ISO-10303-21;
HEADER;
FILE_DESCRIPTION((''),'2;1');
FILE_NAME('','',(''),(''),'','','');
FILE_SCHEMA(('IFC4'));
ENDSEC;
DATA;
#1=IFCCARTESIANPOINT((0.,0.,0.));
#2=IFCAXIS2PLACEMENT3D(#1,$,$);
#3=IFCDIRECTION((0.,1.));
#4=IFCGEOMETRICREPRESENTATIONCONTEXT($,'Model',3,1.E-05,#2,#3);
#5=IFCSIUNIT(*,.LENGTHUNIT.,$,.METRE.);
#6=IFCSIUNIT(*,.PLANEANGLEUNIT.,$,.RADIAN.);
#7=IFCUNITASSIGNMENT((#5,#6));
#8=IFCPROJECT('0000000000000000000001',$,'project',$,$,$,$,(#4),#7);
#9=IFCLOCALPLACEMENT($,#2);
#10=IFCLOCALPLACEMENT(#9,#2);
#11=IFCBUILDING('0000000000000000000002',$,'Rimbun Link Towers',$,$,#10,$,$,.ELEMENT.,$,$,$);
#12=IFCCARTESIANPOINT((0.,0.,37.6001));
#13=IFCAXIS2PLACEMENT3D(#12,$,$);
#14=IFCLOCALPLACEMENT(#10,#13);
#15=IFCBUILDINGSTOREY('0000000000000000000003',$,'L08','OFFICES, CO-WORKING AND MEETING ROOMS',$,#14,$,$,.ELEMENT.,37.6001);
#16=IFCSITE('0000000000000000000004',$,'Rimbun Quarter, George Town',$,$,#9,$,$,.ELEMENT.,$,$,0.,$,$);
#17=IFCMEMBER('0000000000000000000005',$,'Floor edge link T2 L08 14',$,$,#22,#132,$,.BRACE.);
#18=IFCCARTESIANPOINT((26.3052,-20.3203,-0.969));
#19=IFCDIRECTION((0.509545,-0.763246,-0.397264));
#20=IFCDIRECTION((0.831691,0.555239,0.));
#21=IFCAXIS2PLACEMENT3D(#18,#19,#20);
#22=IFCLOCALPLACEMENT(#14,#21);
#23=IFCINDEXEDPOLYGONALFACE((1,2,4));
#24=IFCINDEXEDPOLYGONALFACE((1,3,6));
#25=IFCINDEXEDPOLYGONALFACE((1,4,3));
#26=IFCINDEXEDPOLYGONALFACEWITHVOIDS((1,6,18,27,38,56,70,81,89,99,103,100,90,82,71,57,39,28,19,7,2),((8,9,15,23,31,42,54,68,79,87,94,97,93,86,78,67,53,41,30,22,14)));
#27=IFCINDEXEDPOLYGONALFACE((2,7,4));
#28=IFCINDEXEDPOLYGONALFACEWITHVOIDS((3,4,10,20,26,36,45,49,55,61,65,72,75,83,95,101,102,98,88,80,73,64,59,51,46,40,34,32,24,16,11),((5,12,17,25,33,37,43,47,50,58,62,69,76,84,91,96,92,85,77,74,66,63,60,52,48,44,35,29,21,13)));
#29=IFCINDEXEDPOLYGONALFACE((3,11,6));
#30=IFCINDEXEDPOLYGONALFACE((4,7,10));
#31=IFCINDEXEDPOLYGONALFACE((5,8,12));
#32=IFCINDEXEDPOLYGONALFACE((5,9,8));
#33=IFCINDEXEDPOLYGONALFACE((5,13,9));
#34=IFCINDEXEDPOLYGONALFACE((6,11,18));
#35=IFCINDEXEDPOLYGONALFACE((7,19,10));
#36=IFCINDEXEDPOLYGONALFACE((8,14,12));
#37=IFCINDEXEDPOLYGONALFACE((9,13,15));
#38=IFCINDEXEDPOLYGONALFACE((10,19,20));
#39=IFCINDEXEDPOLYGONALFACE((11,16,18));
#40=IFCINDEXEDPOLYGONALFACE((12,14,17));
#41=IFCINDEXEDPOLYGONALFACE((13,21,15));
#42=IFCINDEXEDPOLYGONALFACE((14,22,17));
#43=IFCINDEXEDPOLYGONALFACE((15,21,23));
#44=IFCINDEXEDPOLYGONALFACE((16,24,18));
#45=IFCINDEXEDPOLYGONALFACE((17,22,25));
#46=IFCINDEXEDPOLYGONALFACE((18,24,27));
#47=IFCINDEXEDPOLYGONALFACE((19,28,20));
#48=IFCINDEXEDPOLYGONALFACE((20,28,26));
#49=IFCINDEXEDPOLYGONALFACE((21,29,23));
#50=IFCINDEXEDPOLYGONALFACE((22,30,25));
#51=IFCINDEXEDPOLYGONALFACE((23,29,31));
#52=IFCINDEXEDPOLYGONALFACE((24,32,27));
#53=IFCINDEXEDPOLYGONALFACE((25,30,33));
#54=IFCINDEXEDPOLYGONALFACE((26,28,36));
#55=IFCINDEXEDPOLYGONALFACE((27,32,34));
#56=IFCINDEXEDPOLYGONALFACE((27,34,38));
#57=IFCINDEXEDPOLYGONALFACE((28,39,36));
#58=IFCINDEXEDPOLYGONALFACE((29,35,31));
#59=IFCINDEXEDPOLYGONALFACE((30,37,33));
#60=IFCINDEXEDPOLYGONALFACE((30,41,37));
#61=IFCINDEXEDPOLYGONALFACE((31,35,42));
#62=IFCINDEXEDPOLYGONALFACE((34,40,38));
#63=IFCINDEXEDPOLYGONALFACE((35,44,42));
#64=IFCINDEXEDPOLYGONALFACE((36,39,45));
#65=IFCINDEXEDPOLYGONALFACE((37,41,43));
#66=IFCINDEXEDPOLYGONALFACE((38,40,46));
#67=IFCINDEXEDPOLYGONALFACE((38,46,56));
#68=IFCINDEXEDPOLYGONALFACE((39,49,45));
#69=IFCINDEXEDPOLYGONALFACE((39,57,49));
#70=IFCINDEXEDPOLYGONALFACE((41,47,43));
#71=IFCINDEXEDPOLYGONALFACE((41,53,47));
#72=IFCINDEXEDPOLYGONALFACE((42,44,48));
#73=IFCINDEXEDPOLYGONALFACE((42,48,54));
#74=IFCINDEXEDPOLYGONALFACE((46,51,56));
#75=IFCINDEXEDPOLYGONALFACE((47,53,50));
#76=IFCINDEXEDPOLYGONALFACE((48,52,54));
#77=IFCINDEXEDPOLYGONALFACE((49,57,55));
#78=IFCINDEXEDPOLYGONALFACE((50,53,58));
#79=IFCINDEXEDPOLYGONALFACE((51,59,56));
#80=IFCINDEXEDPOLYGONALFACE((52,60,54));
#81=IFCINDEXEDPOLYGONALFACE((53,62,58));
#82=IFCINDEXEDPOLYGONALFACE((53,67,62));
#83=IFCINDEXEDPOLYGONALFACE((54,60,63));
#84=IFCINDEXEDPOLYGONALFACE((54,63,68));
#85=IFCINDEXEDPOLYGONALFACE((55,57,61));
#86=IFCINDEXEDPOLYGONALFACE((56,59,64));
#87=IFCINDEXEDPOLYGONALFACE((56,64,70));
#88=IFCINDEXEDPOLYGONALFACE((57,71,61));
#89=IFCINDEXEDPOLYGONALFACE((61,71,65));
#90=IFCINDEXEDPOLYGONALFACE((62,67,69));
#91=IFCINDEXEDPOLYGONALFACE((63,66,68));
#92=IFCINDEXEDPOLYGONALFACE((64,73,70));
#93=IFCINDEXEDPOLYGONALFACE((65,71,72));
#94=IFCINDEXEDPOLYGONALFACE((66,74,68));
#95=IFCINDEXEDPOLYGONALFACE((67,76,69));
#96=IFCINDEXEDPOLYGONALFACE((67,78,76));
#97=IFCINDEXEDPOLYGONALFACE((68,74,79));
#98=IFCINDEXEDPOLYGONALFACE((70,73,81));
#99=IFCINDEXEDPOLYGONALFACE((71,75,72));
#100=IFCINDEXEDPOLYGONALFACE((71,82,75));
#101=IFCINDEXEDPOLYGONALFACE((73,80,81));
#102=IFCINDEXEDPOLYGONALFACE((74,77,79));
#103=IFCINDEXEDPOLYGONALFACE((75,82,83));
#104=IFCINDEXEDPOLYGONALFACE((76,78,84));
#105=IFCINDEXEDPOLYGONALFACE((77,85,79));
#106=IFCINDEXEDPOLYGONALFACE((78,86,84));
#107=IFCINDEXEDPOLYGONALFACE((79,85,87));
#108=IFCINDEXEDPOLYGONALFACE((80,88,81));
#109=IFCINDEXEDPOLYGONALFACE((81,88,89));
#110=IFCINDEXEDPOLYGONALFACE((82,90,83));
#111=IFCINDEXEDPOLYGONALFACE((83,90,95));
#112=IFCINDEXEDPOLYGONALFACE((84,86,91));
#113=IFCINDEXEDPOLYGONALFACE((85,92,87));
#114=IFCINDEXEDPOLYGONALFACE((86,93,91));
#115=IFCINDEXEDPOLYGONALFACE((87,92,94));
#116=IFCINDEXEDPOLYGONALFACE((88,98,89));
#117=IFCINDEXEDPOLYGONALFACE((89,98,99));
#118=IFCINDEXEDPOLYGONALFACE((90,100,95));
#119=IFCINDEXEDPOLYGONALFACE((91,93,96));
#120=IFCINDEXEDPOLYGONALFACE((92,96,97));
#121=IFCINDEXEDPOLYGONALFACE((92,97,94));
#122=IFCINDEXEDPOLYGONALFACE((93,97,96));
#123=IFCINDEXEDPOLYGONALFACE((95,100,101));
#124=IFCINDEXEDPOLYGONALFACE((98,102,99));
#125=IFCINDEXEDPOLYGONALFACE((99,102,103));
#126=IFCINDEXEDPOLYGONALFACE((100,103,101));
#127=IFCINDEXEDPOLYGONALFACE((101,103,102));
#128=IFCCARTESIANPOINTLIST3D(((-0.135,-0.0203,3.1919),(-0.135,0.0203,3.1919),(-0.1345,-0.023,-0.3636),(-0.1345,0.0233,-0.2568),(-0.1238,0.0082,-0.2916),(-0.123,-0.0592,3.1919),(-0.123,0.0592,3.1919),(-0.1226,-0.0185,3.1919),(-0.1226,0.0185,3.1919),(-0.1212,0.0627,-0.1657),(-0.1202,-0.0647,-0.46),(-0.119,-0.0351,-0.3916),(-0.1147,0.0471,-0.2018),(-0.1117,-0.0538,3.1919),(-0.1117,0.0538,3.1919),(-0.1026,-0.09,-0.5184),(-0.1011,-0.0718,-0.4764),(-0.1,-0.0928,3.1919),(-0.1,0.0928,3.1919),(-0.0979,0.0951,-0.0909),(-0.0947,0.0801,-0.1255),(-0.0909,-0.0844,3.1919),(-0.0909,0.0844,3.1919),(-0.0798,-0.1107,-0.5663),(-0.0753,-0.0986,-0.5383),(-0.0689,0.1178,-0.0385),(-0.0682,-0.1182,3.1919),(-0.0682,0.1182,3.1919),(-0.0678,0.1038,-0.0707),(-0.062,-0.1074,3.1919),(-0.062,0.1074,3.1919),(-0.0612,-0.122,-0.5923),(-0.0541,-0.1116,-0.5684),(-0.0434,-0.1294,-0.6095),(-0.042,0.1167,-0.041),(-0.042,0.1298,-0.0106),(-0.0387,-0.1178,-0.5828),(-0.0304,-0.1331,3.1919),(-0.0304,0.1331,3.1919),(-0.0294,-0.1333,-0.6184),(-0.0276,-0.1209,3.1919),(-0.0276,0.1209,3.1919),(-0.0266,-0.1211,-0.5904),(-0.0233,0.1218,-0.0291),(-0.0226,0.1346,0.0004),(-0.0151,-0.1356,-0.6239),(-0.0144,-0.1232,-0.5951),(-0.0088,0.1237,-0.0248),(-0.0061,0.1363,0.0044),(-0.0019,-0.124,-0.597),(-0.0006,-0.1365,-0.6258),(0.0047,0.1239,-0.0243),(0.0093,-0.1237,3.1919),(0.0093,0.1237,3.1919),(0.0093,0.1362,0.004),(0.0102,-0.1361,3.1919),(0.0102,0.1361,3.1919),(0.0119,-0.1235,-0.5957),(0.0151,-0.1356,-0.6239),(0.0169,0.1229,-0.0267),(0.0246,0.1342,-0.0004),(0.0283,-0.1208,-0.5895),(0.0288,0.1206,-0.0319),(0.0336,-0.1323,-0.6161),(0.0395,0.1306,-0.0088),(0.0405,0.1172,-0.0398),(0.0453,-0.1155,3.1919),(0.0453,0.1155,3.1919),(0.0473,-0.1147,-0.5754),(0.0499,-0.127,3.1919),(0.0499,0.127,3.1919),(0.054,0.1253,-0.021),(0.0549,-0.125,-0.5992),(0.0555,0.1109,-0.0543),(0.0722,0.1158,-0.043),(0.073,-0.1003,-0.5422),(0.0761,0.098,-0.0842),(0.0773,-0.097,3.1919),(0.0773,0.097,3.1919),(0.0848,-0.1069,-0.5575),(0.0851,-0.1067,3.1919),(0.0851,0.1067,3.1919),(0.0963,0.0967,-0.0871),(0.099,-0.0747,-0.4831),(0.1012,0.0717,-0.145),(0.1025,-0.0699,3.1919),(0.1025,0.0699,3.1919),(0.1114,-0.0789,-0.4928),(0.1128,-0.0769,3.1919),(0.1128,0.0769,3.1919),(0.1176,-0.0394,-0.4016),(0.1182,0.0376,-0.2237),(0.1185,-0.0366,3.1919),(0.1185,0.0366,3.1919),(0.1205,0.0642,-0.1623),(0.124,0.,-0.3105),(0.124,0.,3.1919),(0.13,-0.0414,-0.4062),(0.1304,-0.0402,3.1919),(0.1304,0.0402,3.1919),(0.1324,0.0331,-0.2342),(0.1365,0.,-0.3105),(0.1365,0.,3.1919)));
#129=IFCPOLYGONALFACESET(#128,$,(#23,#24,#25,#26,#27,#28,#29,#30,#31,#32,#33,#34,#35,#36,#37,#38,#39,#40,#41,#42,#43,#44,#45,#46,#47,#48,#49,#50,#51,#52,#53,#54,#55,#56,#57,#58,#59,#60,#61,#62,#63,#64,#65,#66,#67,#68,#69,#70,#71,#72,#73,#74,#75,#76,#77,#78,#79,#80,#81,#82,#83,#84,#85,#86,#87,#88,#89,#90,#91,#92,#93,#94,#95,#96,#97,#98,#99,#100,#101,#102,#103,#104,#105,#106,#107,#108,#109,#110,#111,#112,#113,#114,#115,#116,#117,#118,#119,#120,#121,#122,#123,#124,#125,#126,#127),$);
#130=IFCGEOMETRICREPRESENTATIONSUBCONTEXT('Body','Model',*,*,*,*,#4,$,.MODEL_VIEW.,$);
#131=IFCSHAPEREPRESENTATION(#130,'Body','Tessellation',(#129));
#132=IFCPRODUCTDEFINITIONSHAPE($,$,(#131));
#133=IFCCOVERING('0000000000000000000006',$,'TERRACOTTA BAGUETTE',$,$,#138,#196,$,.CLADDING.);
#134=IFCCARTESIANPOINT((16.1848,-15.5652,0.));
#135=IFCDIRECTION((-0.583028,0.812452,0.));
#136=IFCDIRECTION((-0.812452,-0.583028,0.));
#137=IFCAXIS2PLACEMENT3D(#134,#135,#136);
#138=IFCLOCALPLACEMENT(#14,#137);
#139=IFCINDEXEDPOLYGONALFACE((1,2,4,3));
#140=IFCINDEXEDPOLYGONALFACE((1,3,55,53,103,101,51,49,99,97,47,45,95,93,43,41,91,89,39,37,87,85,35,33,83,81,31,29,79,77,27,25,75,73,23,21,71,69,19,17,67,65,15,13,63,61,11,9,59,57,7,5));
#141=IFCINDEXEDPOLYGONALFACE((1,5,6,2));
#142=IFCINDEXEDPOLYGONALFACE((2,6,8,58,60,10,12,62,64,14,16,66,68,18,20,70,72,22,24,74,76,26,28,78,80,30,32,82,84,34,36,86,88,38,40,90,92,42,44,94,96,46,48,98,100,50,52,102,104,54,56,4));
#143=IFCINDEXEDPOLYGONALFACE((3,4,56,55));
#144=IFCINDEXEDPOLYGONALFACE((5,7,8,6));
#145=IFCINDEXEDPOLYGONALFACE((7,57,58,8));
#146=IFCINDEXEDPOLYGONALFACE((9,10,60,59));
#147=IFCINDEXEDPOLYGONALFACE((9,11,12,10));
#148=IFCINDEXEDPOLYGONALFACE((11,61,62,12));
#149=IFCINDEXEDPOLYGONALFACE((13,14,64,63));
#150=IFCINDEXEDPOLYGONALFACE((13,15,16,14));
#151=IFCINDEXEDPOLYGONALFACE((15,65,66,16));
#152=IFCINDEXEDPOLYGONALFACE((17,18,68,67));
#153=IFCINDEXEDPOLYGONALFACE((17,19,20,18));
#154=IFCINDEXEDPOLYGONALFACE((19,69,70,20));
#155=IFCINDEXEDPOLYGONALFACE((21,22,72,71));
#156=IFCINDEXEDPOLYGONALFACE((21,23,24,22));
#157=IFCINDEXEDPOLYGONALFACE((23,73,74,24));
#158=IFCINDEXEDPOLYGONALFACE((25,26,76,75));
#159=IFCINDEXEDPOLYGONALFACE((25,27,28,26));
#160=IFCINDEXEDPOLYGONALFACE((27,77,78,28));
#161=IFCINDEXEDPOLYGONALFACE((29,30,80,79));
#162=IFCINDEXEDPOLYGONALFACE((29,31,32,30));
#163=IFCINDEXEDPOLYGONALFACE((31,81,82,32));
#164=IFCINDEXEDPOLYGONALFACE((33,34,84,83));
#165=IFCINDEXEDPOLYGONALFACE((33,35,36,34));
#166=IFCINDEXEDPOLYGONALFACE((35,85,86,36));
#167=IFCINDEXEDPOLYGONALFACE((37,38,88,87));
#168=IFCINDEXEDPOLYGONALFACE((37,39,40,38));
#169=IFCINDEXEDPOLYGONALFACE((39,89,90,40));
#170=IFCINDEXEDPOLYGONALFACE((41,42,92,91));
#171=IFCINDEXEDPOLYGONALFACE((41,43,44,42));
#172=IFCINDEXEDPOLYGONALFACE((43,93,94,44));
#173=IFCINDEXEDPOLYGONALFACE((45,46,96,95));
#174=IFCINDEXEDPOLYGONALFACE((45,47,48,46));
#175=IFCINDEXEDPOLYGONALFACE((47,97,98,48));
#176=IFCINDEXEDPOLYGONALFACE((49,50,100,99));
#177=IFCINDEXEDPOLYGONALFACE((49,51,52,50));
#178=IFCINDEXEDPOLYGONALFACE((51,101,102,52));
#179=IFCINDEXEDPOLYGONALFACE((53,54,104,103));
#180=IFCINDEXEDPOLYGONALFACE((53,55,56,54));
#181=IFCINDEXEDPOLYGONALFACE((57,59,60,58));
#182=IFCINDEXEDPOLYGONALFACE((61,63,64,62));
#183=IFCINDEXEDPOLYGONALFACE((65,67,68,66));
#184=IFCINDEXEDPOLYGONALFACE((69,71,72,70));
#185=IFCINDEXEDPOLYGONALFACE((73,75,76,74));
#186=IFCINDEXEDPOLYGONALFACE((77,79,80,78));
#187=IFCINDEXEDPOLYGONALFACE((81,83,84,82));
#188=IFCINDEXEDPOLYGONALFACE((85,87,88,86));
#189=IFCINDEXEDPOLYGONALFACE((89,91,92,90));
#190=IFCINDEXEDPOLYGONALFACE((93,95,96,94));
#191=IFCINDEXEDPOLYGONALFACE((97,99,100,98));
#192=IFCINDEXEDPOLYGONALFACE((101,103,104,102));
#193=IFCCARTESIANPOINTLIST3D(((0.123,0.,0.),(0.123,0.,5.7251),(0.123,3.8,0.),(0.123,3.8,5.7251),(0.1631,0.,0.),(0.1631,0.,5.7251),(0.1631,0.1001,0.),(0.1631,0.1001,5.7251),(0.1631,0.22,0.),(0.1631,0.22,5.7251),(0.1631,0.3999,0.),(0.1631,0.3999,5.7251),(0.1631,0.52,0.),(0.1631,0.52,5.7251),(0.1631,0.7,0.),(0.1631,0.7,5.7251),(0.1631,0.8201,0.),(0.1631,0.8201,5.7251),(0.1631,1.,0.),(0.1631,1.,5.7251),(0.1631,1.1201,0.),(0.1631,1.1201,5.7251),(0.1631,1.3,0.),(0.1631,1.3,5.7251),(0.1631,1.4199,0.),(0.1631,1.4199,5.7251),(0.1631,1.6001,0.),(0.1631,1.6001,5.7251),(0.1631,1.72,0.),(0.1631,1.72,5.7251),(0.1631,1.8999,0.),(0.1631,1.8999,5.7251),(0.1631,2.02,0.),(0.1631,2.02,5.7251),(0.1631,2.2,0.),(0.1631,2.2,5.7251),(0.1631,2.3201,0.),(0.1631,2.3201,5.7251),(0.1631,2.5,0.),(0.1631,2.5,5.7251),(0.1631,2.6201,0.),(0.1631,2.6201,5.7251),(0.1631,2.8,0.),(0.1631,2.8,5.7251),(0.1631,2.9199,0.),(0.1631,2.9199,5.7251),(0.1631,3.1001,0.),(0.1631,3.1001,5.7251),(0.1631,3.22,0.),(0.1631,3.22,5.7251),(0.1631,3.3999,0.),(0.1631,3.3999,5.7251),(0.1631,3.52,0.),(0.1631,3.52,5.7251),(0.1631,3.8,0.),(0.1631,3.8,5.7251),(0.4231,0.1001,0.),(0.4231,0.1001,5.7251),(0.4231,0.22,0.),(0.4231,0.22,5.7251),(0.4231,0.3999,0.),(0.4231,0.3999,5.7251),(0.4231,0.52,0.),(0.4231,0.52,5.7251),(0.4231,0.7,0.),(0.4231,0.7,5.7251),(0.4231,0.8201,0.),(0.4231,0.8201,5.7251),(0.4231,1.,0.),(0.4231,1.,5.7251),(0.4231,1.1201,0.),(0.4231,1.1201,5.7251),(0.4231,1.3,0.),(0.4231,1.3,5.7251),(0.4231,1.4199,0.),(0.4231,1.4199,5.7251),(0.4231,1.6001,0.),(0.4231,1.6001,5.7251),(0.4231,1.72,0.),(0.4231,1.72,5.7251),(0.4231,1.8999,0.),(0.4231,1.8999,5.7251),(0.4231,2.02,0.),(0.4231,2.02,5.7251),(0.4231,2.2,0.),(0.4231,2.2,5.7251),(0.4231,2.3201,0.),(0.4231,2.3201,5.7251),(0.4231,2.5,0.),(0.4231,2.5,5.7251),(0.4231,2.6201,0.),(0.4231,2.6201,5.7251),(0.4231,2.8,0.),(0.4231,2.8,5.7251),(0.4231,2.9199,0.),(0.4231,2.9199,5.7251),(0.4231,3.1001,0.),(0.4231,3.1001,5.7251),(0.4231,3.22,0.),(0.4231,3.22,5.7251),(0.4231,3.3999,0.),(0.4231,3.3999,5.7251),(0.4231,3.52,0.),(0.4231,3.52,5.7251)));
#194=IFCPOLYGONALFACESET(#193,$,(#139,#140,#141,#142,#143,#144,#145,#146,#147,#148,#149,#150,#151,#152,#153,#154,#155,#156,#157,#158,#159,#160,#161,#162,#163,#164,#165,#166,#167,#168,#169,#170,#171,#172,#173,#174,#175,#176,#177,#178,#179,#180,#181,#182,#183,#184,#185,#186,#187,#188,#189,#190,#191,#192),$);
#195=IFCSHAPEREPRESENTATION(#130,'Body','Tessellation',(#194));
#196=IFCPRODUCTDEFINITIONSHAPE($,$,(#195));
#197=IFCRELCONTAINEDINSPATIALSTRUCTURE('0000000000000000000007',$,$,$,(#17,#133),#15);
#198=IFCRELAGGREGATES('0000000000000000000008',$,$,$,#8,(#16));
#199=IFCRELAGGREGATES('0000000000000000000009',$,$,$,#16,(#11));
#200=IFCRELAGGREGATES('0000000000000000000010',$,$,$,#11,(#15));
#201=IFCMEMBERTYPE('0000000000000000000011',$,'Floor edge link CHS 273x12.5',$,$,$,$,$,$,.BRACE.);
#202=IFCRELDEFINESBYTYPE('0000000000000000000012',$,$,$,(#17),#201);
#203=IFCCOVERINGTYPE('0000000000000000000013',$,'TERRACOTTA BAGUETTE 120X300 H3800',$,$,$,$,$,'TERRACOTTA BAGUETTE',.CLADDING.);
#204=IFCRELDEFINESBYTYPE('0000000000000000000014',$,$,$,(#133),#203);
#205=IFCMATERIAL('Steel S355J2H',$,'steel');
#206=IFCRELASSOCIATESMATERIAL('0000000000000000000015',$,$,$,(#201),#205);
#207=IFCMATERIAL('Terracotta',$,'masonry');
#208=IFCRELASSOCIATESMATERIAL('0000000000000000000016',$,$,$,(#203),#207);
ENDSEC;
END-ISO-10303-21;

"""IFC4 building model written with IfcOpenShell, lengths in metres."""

from ifc_helpers import new_model, si_unit, direction, frame, origin, origin_2d, place, context, subcontext, project, spatial, polyline, hollow_circle, outline, extrude, clip, halfspace, material, material_profile, profile_set, type_object, element, save


model = new_model("IFC4")

# Units and contexts
model_context = context("Model", 3, precision=1e-05, world=origin(), true_north=direction((0.0, 1.0)))
body_context = subcontext(model_context, "Body", "Model", "MODEL_VIEW")
ifc_project = project(units=[si_unit("LENGTHUNIT", "METRE"), si_unit("PLANEANGLEUNIT", "RADIAN")], contexts=[model_context])

# Site, building, storey
site_placement = place(None, origin())
site = spatial("IfcSite", under=ifc_project, at=site_placement, Name="Rimbun Quarter, George Town", CompositionType="ELEMENT", RefElevation=0.0)
building_placement = place(site_placement, origin())
building = spatial("IfcBuilding", under=site, at=building_placement, Name="Rimbun Link Towers", CompositionType="ELEMENT")
storey_placement = place(building_placement, frame((0.0, 0.0, 37.6001)))
storey = spatial("IfcBuildingStorey", under=building, at=storey_placement, Name="L08", Description="OFFICES, CO-WORKING AND MEETING ROOMS", CompositionType="ELEMENT", Elevation=37.6001)

# Member
ifc_material_1 = material(Name="Steel S355J2H", Category="steel")
ifc_material_profile_1 = material_profile(ifc_material_1, hollow_circle(Radius=0.1365, WallThickness=0.0125, at=origin_2d()), Name="CHS 273x12.5")
ifc_profile_set_1 = profile_set([ifc_material_profile_1], Name="Steel S355J2H")
member_type_1 = type_object("IfcMemberType", Name="Floor edge link CHS 273x12.5", PredefinedType="BRACE", material=ifc_profile_set_1)
member_1_placement = place(storey_placement, frame((26.3052, -20.3203, -0.969), z_axis=(0.509545, -0.763246, -0.397264), x_axis=(0.831691, 0.555239, 0.0)))
element("IfcMember", 1, at=member_1_placement, inside=storey, type_object=member_type_1, Name="Floor edge link T2 L08 14", PredefinedType="BRACE", context=body_context, shape_type="Clipping", body=[
    clip(extrude(hollow_circle(Radius=0.1365, WallThickness=0.0125, at=origin_2d()), frame((0.0, 0.0, -0.656)), (0.0, 0.0, 1.0), 3.8479), halfspace(frame((0.0, 0.0, -0.3105), z_axis=(0.0, 0.917704, -0.397264)), False)),
])

# Covering
ifc_material_2 = material(Name="Terracotta", Category="masonry")
ifc_material_profile_2 = material_profile(ifc_material_2, outline(polyline([(0.123, 0.0), (0.1631, 0.0), (0.1631, 0.1001), (0.4231, 0.1001), (0.4231, 0.22), (0.1631, 0.22), (0.1631, 0.3999), (0.4231, 0.3999), (0.4231, 0.52), (0.1631, 0.52), (0.1631, 0.7), (0.4231, 0.7), (0.4231, 0.8201), (0.1631, 0.8201), (0.1631, 1.0), (0.4231, 1.0), (0.4231, 1.1201), (0.1631, 1.1201), (0.1631, 1.3), (0.4231, 1.3), (0.4231, 1.4199), (0.1631, 1.4199), (0.1631, 1.6001), (0.4231, 1.6001), (0.4231, 1.72), (0.1631, 1.72), (0.1631, 1.8999), (0.4231, 1.8999), (0.4231, 2.02), (0.1631, 2.02), (0.1631, 2.2), (0.4231, 2.2), (0.4231, 2.3201), (0.1631, 2.3201), (0.1631, 2.5), (0.4231, 2.5), (0.4231, 2.6201), (0.1631, 2.6201), (0.1631, 2.8), (0.4231, 2.8), (0.4231, 2.9199), (0.1631, 2.9199), (0.1631, 3.1001), (0.4231, 3.1001), (0.4231, 3.22), (0.1631, 3.22), (0.1631, 3.3999), (0.4231, 3.3999), (0.4231, 3.52), (0.1631, 3.52), (0.1631, 3.8), (0.123, 3.8), (0.123, 0.0)])), Name="BAGUETTE 120X300")
ifc_profile_set_2 = profile_set([ifc_material_profile_2], Name="Terracotta")
covering_type = type_object("IfcCoveringType", Name="TERRACOTTA BAGUETTE 120X300 H3800", ElementType="TERRACOTTA BAGUETTE", PredefinedType="CLADDING", material=ifc_profile_set_2)
for number, where, z_axis, x_axis, name in (
    (2, (16.1848, -15.5652, 0.0), (-0.583028, 0.812452, 0.0), (-0.812452, -0.583028, 0.0), "TERRACOTTA BAGUETTE"),
):
    element("IfcCovering", number, at=place(storey_placement, frame(where, z_axis=z_axis, x_axis=x_axis)), inside=storey, type_object=covering_type, Name=name, PredefinedType="CLADDING", context=body_context, shape_type="SweptSolid", body=[
        extrude(outline(polyline([(0.123, 0.0), (0.1631, 0.0), (0.1631, 0.1001), (0.4231, 0.1001), (0.4231, 0.22), (0.1631, 0.22), (0.1631, 0.3999), (0.4231, 0.3999), (0.4231, 0.52), (0.1631, 0.52), (0.1631, 0.7), (0.4231, 0.7), (0.4231, 0.8201), (0.1631, 0.8201), (0.1631, 1.0), (0.4231, 1.0), (0.4231, 1.1201), (0.1631, 1.1201), (0.1631, 1.3), (0.4231, 1.3), (0.4231, 1.4199), (0.1631, 1.4199), (0.1631, 1.6001), (0.4231, 1.6001), (0.4231, 1.72), (0.1631, 1.72), (0.1631, 1.8999), (0.4231, 1.8999), (0.4231, 2.02), (0.1631, 2.02), (0.1631, 2.2), (0.4231, 2.2), (0.4231, 2.3201), (0.1631, 2.3201), (0.1631, 2.5), (0.4231, 2.5), (0.4231, 2.6201), (0.1631, 2.6201), (0.1631, 2.8), (0.4231, 2.8), (0.4231, 2.9199), (0.1631, 2.9199), (0.1631, 3.1001), (0.4231, 3.1001), (0.4231, 3.22), (0.1631, 3.22), (0.1631, 3.3999), (0.4231, 3.3999), (0.4231, 3.52), (0.1631, 3.52), (0.1631, 3.8), (0.123, 3.8), (0.123, 0.0)])), origin(), (0.0, 0.0, 1.0), 5.7251),
    ])

save(model, "model.ifc")
